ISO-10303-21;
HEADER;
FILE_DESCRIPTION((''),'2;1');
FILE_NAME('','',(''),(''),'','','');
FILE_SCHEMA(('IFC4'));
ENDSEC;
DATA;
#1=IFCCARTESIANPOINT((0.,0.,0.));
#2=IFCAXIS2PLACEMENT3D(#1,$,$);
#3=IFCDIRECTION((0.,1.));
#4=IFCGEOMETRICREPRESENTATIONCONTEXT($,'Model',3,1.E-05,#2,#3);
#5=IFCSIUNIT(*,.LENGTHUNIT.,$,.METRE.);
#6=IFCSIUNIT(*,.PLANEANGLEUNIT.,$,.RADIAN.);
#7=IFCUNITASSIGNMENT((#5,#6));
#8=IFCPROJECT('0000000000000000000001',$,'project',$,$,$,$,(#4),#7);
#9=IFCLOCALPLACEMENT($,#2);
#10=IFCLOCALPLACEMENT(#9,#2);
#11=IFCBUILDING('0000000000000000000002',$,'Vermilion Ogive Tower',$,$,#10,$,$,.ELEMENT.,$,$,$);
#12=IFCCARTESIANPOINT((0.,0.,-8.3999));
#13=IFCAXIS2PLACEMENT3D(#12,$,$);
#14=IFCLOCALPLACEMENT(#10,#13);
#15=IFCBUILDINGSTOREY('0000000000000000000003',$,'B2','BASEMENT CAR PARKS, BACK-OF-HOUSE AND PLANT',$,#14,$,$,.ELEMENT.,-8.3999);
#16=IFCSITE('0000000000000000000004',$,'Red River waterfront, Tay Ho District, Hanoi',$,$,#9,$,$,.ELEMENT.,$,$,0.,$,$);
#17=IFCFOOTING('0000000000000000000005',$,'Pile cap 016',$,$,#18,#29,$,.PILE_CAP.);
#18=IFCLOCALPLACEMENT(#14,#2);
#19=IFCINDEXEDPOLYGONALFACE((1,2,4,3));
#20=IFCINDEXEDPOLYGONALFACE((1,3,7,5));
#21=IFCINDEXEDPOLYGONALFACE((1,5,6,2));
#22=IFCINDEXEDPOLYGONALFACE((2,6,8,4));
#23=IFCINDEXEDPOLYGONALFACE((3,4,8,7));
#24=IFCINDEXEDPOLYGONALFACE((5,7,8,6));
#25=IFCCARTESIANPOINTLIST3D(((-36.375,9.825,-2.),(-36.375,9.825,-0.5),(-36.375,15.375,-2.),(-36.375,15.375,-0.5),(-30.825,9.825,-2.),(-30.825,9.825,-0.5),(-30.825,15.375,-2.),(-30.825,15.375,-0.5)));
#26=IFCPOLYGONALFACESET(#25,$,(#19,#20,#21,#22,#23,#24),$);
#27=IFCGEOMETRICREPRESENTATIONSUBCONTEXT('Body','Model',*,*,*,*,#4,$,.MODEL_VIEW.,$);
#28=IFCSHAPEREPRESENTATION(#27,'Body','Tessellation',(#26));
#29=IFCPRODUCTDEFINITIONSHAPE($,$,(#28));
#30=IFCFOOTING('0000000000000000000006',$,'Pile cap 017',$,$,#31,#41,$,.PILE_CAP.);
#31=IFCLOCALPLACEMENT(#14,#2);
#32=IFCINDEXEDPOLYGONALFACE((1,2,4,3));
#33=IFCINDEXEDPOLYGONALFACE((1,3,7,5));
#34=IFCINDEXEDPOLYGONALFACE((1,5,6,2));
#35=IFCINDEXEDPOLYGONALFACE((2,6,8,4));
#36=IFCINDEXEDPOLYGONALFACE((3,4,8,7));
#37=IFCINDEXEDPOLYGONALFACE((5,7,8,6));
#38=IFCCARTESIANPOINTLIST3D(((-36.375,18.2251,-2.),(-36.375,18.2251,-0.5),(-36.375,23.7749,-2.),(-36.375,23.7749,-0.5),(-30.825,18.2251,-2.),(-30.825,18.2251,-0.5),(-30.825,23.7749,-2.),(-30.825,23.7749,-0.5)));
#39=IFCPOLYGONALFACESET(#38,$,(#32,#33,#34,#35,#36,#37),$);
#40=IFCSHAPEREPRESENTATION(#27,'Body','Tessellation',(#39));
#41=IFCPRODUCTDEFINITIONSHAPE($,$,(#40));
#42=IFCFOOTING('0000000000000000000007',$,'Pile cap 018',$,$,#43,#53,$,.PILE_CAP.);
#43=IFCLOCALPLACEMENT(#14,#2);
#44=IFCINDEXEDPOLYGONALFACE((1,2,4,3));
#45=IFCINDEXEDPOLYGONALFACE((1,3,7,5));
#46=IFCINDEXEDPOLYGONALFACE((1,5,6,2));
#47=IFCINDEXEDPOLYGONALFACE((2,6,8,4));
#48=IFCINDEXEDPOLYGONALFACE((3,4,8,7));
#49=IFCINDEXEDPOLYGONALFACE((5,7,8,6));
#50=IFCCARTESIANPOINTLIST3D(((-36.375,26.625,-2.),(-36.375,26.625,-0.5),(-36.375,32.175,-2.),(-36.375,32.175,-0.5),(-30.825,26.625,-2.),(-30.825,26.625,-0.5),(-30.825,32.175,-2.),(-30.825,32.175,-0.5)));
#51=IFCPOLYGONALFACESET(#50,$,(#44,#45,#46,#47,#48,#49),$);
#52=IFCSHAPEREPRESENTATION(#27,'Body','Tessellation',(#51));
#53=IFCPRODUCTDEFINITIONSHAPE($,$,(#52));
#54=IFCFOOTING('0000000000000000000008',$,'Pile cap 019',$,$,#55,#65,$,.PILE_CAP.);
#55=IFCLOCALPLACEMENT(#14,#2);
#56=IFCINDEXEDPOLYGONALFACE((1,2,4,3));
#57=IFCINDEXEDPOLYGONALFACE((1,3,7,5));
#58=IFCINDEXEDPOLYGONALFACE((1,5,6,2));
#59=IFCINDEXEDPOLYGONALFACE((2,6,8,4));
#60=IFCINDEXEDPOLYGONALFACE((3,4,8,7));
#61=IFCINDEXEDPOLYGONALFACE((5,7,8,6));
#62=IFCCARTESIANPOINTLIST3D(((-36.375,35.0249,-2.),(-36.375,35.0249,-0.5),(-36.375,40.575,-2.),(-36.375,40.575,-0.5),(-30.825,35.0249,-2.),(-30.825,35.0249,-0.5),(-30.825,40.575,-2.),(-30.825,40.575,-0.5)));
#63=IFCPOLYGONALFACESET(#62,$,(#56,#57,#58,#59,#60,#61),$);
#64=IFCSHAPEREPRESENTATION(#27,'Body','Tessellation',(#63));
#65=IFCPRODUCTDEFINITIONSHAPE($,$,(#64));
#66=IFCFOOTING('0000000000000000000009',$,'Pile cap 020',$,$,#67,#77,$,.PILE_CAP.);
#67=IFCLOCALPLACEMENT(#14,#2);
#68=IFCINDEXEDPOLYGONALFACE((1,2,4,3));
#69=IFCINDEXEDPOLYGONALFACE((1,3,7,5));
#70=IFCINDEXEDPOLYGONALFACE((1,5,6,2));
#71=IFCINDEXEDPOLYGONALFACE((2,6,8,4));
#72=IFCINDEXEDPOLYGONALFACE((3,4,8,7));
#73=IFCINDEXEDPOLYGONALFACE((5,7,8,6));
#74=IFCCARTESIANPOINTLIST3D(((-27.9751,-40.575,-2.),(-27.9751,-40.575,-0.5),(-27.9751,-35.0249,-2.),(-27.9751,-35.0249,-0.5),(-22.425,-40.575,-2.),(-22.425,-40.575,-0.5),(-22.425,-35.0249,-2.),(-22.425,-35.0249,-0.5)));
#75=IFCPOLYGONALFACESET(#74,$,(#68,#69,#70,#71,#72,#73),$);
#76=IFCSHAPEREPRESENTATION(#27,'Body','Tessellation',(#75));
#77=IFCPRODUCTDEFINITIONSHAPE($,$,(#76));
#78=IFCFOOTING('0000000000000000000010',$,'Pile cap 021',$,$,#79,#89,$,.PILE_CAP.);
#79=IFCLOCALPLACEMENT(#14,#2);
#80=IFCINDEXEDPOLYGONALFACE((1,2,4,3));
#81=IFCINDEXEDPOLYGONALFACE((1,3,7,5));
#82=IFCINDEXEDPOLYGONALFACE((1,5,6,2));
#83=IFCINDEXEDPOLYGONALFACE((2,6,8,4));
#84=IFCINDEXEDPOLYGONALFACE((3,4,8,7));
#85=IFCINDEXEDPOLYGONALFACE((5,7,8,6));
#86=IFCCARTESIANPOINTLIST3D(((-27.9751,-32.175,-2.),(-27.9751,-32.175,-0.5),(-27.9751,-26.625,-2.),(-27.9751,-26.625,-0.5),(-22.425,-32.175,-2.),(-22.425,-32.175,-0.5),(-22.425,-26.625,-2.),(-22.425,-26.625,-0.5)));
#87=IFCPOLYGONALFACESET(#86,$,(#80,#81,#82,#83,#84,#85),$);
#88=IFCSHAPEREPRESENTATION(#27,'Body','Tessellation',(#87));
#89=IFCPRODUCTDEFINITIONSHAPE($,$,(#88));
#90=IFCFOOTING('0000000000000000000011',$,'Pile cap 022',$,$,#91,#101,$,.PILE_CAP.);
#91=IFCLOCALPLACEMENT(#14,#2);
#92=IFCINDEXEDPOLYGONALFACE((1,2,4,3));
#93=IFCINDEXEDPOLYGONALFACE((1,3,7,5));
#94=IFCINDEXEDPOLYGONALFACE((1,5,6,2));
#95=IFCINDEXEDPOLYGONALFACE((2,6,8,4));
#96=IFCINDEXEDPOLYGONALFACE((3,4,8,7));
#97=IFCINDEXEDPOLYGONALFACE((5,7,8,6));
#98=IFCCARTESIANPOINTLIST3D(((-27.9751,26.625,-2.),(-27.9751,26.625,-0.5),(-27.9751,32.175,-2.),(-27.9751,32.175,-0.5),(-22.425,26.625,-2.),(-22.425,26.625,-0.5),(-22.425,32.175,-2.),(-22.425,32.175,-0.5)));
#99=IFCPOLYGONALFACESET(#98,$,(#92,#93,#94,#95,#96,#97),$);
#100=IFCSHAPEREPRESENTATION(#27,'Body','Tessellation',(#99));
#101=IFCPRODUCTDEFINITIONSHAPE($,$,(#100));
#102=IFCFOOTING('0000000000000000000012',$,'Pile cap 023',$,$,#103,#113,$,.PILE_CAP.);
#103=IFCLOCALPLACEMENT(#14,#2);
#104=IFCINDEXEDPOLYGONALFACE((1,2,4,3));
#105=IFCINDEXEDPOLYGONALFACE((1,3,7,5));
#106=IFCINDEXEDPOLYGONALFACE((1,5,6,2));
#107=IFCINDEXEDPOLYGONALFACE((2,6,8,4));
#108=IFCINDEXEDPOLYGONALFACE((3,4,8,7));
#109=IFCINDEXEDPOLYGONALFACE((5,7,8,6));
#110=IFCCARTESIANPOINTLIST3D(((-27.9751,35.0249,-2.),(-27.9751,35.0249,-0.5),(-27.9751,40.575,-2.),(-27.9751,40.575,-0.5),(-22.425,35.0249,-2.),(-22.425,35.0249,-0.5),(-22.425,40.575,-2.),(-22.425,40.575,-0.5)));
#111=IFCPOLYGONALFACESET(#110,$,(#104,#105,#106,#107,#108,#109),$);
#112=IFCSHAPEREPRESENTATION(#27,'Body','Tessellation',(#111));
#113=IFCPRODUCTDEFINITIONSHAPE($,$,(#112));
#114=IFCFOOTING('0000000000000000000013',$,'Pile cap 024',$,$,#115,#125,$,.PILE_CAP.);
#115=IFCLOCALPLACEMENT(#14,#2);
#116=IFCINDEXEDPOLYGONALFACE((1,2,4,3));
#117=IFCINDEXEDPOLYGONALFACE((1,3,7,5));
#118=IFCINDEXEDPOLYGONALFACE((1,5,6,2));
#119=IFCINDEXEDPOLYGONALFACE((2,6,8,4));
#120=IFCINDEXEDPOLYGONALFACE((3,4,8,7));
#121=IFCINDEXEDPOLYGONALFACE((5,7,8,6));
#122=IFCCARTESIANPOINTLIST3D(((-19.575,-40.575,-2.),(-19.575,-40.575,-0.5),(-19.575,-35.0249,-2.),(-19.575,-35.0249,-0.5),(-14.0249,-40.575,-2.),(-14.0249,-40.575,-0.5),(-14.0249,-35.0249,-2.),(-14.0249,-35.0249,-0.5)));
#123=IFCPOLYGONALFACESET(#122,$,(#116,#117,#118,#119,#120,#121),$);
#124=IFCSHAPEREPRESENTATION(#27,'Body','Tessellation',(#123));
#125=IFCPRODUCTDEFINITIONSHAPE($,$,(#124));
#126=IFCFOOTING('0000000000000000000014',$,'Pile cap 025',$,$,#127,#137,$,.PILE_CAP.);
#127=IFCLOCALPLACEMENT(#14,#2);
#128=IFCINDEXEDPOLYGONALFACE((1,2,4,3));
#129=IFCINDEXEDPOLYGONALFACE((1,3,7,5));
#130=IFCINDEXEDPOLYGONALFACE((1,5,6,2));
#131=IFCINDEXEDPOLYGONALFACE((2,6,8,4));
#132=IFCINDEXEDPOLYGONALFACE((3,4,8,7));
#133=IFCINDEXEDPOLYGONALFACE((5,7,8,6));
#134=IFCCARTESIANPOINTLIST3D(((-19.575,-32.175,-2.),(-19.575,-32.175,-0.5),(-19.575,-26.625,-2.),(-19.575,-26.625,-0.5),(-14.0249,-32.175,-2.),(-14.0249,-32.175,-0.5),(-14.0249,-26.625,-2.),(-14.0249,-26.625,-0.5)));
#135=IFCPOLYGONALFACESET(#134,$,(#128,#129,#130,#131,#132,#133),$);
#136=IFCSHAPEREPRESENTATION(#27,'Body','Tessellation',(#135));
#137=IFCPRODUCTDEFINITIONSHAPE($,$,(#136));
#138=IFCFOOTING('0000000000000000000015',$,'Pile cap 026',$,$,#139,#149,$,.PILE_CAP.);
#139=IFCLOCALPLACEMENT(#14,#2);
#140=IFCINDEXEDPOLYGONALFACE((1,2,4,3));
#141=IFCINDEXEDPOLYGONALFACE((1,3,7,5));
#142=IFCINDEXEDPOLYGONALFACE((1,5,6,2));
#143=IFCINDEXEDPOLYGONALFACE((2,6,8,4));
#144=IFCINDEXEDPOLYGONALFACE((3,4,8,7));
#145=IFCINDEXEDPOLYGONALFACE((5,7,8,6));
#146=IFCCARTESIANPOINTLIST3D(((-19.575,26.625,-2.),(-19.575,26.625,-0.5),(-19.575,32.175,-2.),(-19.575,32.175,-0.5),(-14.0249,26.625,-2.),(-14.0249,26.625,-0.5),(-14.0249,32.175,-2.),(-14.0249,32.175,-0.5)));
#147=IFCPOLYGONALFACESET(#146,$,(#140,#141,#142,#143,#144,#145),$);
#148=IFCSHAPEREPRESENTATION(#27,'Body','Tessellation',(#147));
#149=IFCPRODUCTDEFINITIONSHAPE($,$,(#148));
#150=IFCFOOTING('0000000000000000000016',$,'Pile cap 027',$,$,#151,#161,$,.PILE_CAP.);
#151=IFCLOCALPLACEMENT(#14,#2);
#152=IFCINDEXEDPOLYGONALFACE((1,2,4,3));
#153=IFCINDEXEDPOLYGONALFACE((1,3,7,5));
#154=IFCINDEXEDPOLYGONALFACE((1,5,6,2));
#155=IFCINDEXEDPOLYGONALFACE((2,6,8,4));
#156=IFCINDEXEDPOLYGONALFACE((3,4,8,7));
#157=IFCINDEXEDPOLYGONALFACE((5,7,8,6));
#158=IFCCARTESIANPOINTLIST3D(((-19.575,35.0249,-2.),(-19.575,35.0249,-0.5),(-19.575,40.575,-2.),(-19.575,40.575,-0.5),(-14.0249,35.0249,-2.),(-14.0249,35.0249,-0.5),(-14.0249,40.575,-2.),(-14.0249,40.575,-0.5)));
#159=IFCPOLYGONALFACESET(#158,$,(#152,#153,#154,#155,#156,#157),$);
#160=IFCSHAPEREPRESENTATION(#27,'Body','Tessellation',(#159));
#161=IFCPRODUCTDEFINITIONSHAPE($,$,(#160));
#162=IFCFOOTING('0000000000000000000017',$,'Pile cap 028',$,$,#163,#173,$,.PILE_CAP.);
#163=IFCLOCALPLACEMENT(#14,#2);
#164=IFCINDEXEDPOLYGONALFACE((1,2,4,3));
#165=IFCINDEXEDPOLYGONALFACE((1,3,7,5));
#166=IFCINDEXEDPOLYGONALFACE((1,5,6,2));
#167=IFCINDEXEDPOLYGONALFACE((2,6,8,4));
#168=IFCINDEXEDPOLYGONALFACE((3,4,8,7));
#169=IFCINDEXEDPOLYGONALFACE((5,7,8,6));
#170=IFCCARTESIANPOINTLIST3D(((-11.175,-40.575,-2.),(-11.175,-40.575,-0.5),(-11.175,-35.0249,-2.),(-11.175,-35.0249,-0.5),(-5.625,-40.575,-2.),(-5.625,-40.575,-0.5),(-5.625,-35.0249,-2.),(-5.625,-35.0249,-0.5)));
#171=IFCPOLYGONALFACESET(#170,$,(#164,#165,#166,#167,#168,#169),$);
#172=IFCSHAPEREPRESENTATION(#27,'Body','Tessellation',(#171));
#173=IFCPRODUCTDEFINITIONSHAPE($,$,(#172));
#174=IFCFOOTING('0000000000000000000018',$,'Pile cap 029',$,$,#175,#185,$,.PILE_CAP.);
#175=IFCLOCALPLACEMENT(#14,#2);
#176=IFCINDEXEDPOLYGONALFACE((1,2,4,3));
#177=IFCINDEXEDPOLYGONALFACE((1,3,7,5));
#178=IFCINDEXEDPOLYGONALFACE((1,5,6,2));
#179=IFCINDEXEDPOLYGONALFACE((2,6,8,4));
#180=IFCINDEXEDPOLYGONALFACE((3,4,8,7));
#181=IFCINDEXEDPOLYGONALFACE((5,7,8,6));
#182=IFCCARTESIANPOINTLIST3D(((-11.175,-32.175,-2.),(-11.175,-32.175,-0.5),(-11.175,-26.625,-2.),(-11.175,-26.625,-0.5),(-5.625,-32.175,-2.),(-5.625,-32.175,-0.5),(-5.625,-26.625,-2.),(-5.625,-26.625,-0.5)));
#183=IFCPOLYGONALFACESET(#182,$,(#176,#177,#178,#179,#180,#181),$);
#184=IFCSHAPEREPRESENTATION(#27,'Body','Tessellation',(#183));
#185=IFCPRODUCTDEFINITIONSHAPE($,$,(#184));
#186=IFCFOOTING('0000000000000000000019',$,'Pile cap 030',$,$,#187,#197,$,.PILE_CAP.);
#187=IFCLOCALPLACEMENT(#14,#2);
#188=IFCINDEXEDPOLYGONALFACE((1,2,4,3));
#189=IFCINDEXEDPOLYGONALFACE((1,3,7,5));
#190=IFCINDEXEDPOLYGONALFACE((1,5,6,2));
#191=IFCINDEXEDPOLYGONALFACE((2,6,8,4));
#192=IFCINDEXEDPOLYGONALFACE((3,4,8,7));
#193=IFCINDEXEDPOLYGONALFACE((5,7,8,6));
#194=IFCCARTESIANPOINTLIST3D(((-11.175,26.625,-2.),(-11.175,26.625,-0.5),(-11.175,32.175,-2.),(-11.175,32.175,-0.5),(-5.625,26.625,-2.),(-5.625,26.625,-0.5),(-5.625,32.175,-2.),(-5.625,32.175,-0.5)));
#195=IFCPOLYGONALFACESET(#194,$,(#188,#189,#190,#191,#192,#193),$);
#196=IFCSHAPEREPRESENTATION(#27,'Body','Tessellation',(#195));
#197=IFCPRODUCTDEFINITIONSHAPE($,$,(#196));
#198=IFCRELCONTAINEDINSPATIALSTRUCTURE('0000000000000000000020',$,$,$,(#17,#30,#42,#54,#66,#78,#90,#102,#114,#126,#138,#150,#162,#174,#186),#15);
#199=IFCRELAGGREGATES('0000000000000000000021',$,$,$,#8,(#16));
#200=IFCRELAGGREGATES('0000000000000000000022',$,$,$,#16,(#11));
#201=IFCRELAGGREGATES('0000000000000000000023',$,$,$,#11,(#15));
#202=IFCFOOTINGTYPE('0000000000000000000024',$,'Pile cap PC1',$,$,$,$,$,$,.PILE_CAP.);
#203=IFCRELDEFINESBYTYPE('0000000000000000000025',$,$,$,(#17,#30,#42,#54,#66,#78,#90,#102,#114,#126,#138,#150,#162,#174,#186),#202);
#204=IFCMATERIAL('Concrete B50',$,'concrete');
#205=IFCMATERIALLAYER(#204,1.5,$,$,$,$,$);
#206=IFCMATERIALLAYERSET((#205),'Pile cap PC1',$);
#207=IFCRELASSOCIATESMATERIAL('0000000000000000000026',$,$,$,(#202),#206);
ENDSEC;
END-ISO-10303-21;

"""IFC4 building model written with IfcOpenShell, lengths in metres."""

from ifc_helpers import new_model, si_unit, direction, frame, origin, place, context, subcontext, project, spatial, polyline, outline, extrude, material, layer, layer_set, type_object, element, save


model = new_model("IFC4")

# Units and contexts
model_context = context("Model", 3, precision=1e-05, world=origin(), true_north=direction((0.0, 1.0)))
body_context = subcontext(model_context, "Body", "Model", "MODEL_VIEW")
ifc_project = project(units=[si_unit("LENGTHUNIT", "METRE"), si_unit("PLANEANGLEUNIT", "RADIAN")], contexts=[model_context])

# Site, building, storey
site_placement = place(None, origin())
site = spatial("IfcSite", under=ifc_project, at=site_placement, Name="Red River waterfront, Tay Ho District, Hanoi", CompositionType="ELEMENT", RefElevation=0.0)
building_placement = place(site_placement, origin())
building = spatial("IfcBuilding", under=site, at=building_placement, Name="Vermilion Ogive Tower", CompositionType="ELEMENT")
storey_placement = place(building_placement, frame((0.0, 0.0, -8.3999)))
storey = spatial("IfcBuildingStorey", under=building, at=storey_placement, Name="B2", Description="BASEMENT CAR PARKS, BACK-OF-HOUSE AND PLANT", CompositionType="ELEMENT", Elevation=-8.3999)

# Footings
ifc_material = material(Name="Concrete B50", Category="concrete")
ifc_layer = layer(ifc_material, 1.5)
ifc_layer_set = layer_set([ifc_layer], Name="Pile cap PC1")
footing_type = type_object("IfcFootingType", Name="Pile cap PC1", PredefinedType="PILE_CAP", material=ifc_layer_set)
footing_1_placement = place(storey_placement, frame((0.0, 0.0, -2.0)))
element("IfcFooting", 1, at=footing_1_placement, inside=storey, type_object=footing_type, Name="Pile cap 016", PredefinedType="PILE_CAP", context=body_context, shape_type="SweptSolid", body=[
    extrude(outline(polyline([(-36.375, 9.825), (-30.825, 9.825), (-30.825, 15.375), (-36.375, 15.375), (-36.375, 9.825)])), origin(), (0.0, 0.0, 1.0), 1.5),
])
footing_2_placement = place(storey_placement, frame((0.0, 0.0, -2.0)))
element("IfcFooting", 2, at=footing_2_placement, inside=storey, type_object=footing_type, Name="Pile cap 017", PredefinedType="PILE_CAP", context=body_context, shape_type="SweptSolid", body=[
    extrude(outline(polyline([(-36.375, 18.2251), (-30.825, 18.2251), (-30.825, 23.7749), (-36.375, 23.7749), (-36.375, 18.2251)])), origin(), (0.0, 0.0, 1.0), 1.5),
])
footing_3_placement = place(storey_placement, frame((0.0, 0.0, -2.0)))
element("IfcFooting", 3, at=footing_3_placement, inside=storey, type_object=footing_type, Name="Pile cap 018", PredefinedType="PILE_CAP", context=body_context, shape_type="SweptSolid", body=[
    extrude(outline(polyline([(-36.375, 26.625), (-30.825, 26.625), (-30.825, 32.175), (-36.375, 32.175), (-36.375, 26.625)])), origin(), (0.0, 0.0, 1.0), 1.5),
])
footing_4_placement = place(storey_placement, frame((0.0, 0.0, -2.0)))
element("IfcFooting", 4, at=footing_4_placement, inside=storey, type_object=footing_type, Name="Pile cap 019", PredefinedType="PILE_CAP", context=body_context, shape_type="SweptSolid", body=[
    extrude(outline(polyline([(-36.375, 35.0249), (-30.825, 35.0249), (-30.825, 40.575), (-36.375, 40.575), (-36.375, 35.0249)])), origin(), (0.0, 0.0, 1.0), 1.5),
])
footing_5_placement = place(storey_placement, frame((0.0, 0.0, -2.0)))
element("IfcFooting", 5, at=footing_5_placement, inside=storey, type_object=footing_type, Name="Pile cap 020", PredefinedType="PILE_CAP", context=body_context, shape_type="SweptSolid", body=[
    extrude(outline(polyline([(-27.9751, -40.575), (-22.425, -40.575), (-22.425, -35.0249), (-27.9751, -35.0249), (-27.9751, -40.575)])), origin(), (0.0, 0.0, 1.0), 1.5),
])
footing_6_placement = place(storey_placement, frame((0.0, 0.0, -2.0)))
element("IfcFooting", 6, at=footing_6_placement, inside=storey, type_object=footing_type, Name="Pile cap 021", PredefinedType="PILE_CAP", context=body_context, shape_type="SweptSolid", body=[
    extrude(outline(polyline([(-27.9751, -32.175), (-22.425, -32.175), (-22.425, -26.625), (-27.9751, -26.625), (-27.9751, -32.175)])), origin(), (0.0, 0.0, 1.0), 1.5),
])
footing_7_placement = place(storey_placement, frame((0.0, 0.0, -2.0)))
element("IfcFooting", 7, at=footing_7_placement, inside=storey, type_object=footing_type, Name="Pile cap 022", PredefinedType="PILE_CAP", context=body_context, shape_type="SweptSolid", body=[
    extrude(outline(polyline([(-27.9751, 26.625), (-22.425, 26.625), (-22.425, 32.175), (-27.9751, 32.175), (-27.9751, 26.625)])), origin(), (0.0, 0.0, 1.0), 1.5),
])
footing_8_placement = place(storey_placement, frame((0.0, 0.0, -2.0)))
element("IfcFooting", 8, at=footing_8_placement, inside=storey, type_object=footing_type, Name="Pile cap 023", PredefinedType="PILE_CAP", context=body_context, shape_type="SweptSolid", body=[
    extrude(outline(polyline([(-27.9751, 35.0249), (-22.425, 35.0249), (-22.425, 40.575), (-27.9751, 40.575), (-27.9751, 35.0249)])), origin(), (0.0, 0.0, 1.0), 1.5),
])
footing_9_placement = place(storey_placement, frame((0.0, 0.0, -2.0)))
element("IfcFooting", 9, at=footing_9_placement, inside=storey, type_object=footing_type, Name="Pile cap 024", PredefinedType="PILE_CAP", context=body_context, shape_type="SweptSolid", body=[
    extrude(outline(polyline([(-19.575, -40.575), (-14.0249, -40.575), (-14.0249, -35.0249), (-19.575, -35.0249), (-19.575, -40.575)])), origin(), (0.0, 0.0, 1.0), 1.5),
])
footing_10_placement = place(storey_placement, frame((0.0, 0.0, -2.0)))
element("IfcFooting", 10, at=footing_10_placement, inside=storey, type_object=footing_type, Name="Pile cap 025", PredefinedType="PILE_CAP", context=body_context, shape_type="SweptSolid", body=[
    extrude(outline(polyline([(-19.575, -32.175), (-14.0249, -32.175), (-14.0249, -26.625), (-19.575, -26.625), (-19.575, -32.175)])), origin(), (0.0, 0.0, 1.0), 1.5),
])
footing_11_placement = place(storey_placement, frame((0.0, 0.0, -2.0)))
element("IfcFooting", 11, at=footing_11_placement, inside=storey, type_object=footing_type, Name="Pile cap 026", PredefinedType="PILE_CAP", context=body_context, shape_type="SweptSolid", body=[
    extrude(outline(polyline([(-19.575, 26.625), (-14.0249, 26.625), (-14.0249, 32.175), (-19.575, 32.175), (-19.575, 26.625)])), origin(), (0.0, 0.0, 1.0), 1.5),
])
footing_12_placement = place(storey_placement, frame((0.0, 0.0, -2.0)))
element("IfcFooting", 12, at=footing_12_placement, inside=storey, type_object=footing_type, Name="Pile cap 027", PredefinedType="PILE_CAP", context=body_context, shape_type="SweptSolid", body=[
    extrude(outline(polyline([(-19.575, 35.0249), (-14.0249, 35.0249), (-14.0249, 40.575), (-19.575, 40.575), (-19.575, 35.0249)])), origin(), (0.0, 0.0, 1.0), 1.5),
])
footing_13_placement = place(storey_placement, frame((0.0, 0.0, -2.0)))
element("IfcFooting", 13, at=footing_13_placement, inside=storey, type_object=footing_type, Name="Pile cap 028", PredefinedType="PILE_CAP", context=body_context, shape_type="SweptSolid", body=[
    extrude(outline(polyline([(-11.175, -40.575), (-5.625, -40.575), (-5.625, -35.0249), (-11.175, -35.0249), (-11.175, -40.575)])), origin(), (0.0, 0.0, 1.0), 1.5),
])
footing_14_placement = place(storey_placement, frame((0.0, 0.0, -2.0)))
element("IfcFooting", 14, at=footing_14_placement, inside=storey, type_object=footing_type, Name="Pile cap 029", PredefinedType="PILE_CAP", context=body_context, shape_type="SweptSolid", body=[
    extrude(outline(polyline([(-11.175, -32.175), (-5.625, -32.175), (-5.625, -26.625), (-11.175, -26.625), (-11.175, -32.175)])), origin(), (0.0, 0.0, 1.0), 1.5),
])
footing_15_placement = place(storey_placement, frame((0.0, 0.0, -2.0)))
element("IfcFooting", 15, at=footing_15_placement, inside=storey, type_object=footing_type, Name="Pile cap 030", PredefinedType="PILE_CAP", context=body_context, shape_type="SweptSolid", body=[
    extrude(outline(polyline([(-11.175, 26.625), (-5.625, 26.625), (-5.625, 32.175), (-11.175, 32.175), (-11.175, 26.625)])), origin(), (0.0, 0.0, 1.0), 1.5),
])

save(model, "model.ifc")
